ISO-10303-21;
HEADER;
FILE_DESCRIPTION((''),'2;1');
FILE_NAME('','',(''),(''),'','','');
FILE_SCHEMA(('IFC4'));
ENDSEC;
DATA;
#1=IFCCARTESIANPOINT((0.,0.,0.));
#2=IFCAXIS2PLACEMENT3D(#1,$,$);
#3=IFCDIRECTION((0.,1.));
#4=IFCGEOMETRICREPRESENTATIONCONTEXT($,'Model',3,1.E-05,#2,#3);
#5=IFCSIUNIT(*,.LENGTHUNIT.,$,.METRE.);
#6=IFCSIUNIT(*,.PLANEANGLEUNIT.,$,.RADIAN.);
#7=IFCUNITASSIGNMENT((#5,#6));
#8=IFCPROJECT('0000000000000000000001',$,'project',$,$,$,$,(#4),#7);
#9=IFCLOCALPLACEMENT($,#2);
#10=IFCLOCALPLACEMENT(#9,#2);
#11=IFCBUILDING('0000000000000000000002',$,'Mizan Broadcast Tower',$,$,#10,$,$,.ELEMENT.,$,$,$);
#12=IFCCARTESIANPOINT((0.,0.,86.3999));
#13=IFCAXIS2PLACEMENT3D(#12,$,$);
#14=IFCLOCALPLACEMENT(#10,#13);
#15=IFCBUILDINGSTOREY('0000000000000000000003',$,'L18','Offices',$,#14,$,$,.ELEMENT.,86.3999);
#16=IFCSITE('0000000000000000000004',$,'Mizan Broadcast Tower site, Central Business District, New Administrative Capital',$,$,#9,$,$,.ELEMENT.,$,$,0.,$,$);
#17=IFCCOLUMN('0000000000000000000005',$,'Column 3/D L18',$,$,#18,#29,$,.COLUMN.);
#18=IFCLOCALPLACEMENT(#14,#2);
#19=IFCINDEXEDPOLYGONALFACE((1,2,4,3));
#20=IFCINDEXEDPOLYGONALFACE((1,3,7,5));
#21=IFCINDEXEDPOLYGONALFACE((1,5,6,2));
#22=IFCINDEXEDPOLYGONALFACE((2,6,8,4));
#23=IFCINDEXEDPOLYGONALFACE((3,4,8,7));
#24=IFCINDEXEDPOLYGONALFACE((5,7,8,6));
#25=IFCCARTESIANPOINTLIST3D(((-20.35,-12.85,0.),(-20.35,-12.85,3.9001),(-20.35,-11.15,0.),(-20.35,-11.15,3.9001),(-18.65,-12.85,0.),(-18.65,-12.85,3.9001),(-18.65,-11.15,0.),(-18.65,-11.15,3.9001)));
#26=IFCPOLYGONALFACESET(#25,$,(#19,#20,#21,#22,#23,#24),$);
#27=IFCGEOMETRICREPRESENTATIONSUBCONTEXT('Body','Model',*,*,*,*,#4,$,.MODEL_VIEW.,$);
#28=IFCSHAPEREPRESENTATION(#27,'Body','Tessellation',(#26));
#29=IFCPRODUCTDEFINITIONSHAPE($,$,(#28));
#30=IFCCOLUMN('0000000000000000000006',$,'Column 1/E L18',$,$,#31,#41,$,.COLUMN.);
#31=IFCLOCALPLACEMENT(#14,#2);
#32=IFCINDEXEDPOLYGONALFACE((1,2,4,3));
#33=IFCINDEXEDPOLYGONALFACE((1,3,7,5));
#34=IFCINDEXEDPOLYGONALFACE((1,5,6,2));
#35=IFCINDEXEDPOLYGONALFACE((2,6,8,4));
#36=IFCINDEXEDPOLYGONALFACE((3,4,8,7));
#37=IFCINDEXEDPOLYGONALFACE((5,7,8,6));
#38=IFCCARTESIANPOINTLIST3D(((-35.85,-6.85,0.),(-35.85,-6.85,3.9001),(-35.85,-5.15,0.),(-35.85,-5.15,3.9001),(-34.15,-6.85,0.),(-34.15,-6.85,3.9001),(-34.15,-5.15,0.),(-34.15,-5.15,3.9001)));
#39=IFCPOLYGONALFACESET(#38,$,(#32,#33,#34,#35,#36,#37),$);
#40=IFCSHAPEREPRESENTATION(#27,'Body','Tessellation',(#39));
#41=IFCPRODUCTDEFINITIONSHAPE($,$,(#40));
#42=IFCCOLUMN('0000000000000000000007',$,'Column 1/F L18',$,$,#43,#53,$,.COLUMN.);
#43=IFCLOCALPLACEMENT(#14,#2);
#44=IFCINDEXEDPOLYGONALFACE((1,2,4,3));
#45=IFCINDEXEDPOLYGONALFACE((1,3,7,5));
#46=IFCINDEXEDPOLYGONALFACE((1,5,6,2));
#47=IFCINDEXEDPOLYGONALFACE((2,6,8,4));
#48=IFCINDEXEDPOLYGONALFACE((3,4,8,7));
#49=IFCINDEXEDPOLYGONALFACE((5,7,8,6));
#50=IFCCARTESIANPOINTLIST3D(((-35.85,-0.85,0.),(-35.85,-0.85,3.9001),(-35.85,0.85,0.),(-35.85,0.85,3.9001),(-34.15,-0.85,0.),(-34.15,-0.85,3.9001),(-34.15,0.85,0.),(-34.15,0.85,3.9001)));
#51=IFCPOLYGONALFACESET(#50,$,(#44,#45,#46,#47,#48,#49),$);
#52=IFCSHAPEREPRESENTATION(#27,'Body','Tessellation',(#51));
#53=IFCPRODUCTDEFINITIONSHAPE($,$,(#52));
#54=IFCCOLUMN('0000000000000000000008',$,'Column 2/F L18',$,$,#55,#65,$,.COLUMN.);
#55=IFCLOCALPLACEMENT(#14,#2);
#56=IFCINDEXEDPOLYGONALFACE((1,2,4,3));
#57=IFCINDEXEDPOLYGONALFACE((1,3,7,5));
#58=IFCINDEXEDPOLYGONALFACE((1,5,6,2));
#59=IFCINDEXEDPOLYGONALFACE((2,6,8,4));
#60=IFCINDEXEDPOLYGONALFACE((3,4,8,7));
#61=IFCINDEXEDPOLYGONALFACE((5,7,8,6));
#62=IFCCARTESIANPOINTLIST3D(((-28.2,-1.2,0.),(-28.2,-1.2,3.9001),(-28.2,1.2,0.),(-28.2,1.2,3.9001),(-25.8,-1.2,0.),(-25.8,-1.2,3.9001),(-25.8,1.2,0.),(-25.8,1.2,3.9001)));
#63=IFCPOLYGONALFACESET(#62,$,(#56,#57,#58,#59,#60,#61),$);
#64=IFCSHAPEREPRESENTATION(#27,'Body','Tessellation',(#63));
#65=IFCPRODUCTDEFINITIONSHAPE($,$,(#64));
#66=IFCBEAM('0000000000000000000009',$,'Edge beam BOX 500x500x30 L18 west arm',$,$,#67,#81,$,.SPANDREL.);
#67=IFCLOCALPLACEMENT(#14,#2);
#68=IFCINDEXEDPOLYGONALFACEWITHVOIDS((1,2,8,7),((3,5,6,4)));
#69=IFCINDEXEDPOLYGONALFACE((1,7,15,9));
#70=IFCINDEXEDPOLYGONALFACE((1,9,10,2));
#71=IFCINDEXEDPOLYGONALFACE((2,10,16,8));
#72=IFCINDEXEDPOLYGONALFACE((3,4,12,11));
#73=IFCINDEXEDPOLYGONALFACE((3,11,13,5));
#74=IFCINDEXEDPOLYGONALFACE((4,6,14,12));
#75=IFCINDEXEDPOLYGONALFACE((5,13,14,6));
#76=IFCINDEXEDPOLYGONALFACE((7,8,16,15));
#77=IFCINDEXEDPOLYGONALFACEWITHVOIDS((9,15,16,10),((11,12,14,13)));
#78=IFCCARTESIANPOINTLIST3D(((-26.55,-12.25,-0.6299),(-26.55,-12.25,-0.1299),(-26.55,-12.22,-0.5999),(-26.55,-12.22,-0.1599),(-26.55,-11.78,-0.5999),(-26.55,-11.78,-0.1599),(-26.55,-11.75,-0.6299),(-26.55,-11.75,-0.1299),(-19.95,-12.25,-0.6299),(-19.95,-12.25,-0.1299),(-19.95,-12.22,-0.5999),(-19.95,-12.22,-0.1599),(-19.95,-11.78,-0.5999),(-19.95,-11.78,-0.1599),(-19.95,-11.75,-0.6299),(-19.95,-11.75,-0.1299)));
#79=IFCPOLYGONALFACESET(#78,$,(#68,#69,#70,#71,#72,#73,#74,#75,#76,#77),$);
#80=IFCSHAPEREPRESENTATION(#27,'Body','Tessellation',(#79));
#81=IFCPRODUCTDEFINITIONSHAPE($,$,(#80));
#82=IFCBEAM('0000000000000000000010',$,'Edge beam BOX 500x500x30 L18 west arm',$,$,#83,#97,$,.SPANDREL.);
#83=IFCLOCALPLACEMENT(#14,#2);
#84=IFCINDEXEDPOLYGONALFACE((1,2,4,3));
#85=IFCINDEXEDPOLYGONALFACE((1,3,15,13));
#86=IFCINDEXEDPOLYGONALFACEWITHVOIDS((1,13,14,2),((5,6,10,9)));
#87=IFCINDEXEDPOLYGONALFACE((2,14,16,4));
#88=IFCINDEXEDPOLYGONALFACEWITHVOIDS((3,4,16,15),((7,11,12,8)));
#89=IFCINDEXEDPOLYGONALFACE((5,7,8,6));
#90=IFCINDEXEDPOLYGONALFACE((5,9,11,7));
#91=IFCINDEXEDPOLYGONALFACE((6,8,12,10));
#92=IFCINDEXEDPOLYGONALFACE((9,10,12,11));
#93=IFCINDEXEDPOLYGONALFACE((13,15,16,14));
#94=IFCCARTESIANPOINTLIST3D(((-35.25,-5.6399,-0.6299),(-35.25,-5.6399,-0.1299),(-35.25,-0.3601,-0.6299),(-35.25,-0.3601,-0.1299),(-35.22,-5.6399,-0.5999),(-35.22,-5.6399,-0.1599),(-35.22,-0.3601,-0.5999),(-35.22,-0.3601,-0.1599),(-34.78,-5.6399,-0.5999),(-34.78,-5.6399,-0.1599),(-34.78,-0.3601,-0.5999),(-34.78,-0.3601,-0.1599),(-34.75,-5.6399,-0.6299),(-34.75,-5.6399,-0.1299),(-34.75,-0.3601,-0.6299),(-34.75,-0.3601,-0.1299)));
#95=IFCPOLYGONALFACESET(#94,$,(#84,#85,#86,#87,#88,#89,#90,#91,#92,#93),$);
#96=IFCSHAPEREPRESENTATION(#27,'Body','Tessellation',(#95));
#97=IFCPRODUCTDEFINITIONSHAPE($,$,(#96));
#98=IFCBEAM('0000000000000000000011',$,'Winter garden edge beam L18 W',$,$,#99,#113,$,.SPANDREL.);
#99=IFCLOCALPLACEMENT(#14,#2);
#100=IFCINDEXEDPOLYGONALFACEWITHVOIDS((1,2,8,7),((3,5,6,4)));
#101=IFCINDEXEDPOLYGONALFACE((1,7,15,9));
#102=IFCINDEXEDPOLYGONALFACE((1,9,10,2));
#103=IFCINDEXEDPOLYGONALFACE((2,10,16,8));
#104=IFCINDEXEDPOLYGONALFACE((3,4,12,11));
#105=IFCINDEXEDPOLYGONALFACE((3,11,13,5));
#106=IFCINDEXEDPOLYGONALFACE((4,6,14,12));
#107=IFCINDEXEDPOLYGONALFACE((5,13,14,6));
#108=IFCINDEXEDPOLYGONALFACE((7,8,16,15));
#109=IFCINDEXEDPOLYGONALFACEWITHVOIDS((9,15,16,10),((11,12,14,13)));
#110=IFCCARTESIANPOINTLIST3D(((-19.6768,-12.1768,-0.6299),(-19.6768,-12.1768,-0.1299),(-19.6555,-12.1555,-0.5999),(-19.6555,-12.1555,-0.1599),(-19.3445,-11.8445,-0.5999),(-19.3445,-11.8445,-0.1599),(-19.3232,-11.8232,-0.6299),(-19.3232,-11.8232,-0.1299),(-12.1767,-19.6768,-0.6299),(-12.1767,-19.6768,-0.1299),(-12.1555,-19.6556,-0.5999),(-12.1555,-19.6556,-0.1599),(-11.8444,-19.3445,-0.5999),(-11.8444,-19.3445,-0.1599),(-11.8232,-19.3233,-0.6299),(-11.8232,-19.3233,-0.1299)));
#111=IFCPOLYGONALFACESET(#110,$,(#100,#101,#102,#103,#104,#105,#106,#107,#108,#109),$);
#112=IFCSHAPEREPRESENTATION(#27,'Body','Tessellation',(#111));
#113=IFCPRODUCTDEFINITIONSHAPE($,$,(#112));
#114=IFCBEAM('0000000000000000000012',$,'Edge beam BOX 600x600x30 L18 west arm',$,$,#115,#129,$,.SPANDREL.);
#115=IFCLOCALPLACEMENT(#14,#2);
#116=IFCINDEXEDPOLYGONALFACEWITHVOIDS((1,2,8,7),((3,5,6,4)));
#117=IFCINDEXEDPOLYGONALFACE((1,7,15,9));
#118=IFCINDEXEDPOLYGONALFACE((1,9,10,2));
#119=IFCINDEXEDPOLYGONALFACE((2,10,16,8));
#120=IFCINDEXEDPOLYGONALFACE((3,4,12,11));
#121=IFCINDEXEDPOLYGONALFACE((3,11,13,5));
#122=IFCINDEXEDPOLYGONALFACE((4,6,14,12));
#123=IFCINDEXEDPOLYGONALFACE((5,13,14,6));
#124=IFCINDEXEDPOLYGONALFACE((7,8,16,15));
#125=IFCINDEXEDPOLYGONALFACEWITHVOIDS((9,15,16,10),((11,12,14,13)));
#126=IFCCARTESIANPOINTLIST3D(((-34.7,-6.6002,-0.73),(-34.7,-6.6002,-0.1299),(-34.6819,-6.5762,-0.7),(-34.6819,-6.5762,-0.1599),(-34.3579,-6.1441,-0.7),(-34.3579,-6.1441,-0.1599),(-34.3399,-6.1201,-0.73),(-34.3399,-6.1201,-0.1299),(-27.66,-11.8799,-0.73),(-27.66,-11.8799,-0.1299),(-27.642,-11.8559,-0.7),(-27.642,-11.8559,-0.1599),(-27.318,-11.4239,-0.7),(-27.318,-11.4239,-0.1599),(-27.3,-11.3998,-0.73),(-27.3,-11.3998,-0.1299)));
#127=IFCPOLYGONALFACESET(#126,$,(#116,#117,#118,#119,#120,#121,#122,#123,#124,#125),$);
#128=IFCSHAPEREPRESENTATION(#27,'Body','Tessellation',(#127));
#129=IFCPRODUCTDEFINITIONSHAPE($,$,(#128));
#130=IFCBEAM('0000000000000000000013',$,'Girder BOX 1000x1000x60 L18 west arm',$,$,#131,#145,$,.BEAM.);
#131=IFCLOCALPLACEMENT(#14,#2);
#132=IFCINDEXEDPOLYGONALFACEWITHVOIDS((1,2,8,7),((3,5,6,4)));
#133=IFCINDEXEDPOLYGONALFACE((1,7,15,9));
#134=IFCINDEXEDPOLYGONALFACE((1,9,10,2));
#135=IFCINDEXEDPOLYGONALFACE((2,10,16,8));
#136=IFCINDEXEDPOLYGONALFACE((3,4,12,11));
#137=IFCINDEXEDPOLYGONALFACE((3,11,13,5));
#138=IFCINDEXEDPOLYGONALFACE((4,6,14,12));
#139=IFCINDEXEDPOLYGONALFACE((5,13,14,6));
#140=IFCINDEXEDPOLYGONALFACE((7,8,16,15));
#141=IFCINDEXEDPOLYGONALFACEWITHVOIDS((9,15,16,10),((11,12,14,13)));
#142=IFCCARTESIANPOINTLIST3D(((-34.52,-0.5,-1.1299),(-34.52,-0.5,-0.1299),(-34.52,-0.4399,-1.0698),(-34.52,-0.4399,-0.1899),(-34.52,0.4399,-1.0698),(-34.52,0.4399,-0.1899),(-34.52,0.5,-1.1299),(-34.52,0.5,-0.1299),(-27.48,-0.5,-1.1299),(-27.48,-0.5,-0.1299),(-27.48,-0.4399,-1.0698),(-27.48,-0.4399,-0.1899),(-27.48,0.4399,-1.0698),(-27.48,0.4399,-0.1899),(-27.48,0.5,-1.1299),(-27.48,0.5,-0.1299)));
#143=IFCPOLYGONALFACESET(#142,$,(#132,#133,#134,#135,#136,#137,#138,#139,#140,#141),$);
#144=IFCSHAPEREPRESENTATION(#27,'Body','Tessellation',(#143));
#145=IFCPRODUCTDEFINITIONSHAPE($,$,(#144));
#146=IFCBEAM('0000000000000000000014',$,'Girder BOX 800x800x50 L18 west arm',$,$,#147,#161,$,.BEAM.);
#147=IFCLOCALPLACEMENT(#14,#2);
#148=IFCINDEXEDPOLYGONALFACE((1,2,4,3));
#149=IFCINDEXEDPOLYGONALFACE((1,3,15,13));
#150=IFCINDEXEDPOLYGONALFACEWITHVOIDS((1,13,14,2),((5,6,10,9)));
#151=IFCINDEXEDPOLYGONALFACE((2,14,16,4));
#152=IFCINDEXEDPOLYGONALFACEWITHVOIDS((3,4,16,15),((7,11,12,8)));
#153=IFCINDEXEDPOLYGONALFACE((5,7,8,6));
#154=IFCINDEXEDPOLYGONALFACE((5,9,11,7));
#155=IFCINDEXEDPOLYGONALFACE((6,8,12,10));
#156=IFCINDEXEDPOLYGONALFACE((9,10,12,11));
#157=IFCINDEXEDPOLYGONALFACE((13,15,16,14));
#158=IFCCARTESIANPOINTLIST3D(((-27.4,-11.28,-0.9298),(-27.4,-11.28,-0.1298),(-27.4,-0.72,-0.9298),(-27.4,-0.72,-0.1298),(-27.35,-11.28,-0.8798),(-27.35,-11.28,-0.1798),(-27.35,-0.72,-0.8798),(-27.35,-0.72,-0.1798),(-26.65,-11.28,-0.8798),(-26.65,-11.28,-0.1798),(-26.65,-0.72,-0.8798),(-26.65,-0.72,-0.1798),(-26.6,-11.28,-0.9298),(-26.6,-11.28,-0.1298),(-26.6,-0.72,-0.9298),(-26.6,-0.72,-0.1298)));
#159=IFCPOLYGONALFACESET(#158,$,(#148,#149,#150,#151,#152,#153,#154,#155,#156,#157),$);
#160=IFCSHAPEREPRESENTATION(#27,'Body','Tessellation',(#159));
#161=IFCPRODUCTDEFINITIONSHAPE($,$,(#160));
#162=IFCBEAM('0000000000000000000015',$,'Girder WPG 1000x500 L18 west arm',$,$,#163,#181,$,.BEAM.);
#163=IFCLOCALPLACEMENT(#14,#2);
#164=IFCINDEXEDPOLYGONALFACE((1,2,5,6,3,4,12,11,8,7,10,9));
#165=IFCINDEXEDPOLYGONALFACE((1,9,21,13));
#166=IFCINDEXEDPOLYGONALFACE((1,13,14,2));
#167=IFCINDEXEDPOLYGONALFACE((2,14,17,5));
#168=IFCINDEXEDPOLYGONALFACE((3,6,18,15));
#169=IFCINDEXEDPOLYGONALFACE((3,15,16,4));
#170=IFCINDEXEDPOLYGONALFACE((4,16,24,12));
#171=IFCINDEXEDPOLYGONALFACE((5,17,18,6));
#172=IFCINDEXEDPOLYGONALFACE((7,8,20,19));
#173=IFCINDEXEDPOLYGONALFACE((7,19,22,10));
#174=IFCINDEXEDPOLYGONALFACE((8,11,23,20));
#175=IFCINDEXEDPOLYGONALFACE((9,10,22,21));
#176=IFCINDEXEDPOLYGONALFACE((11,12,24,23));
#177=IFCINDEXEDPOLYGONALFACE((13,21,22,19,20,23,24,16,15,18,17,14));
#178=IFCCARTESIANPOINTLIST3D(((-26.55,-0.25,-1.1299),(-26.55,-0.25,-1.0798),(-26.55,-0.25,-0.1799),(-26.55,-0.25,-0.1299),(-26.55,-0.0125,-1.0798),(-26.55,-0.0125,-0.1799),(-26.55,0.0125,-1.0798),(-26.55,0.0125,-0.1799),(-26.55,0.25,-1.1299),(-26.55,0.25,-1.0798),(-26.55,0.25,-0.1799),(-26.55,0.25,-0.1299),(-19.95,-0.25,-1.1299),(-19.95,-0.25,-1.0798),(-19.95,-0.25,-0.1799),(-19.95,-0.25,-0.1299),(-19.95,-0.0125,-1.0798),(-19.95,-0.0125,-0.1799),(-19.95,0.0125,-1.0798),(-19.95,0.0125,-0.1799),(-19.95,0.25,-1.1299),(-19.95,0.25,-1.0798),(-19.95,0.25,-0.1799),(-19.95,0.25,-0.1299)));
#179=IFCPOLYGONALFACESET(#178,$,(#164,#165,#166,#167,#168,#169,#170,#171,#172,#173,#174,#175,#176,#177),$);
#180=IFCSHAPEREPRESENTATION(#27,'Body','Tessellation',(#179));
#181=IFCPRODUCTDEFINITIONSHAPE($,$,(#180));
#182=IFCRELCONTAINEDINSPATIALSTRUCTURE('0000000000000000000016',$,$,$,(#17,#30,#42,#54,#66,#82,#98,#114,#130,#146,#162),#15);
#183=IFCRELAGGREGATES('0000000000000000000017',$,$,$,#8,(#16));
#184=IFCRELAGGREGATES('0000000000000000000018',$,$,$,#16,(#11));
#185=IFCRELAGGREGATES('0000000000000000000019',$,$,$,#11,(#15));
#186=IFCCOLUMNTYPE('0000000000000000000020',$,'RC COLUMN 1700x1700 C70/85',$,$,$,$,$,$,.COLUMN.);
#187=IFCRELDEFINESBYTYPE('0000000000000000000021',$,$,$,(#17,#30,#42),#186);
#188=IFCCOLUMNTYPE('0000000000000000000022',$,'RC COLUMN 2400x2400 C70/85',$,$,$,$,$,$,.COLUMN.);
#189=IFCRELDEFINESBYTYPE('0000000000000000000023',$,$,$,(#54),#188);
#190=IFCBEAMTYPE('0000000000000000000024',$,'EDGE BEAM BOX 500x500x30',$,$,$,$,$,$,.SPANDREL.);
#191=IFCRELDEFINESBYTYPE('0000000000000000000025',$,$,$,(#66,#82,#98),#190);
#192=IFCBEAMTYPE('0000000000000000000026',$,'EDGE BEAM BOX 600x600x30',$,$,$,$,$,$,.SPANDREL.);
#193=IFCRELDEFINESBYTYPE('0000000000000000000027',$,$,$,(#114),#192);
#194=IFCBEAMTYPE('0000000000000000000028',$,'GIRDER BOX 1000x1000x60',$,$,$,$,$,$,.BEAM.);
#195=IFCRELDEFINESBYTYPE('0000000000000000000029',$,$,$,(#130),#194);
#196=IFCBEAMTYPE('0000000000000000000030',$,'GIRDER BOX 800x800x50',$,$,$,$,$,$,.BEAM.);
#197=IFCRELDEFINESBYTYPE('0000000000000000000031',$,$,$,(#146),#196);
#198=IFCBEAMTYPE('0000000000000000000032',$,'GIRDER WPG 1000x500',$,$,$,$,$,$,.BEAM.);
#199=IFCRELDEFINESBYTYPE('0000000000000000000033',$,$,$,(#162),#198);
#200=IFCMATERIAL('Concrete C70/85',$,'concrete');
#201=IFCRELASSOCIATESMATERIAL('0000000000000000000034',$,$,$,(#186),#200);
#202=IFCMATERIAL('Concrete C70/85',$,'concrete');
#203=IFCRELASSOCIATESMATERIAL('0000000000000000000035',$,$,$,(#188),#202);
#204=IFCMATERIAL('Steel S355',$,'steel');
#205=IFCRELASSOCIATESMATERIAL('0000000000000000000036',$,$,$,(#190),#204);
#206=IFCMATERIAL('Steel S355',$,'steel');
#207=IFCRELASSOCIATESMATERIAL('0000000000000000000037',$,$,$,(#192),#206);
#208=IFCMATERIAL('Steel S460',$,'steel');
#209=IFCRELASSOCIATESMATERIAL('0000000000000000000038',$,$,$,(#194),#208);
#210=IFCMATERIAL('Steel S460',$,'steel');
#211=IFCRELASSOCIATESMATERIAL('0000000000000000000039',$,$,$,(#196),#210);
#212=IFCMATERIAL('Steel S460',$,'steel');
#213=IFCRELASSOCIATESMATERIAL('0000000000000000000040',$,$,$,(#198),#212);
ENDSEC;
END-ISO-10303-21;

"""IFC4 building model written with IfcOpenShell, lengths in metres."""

from ifc_helpers import new_model, si_unit, direction, frame, origin, origin_2d, place, context, subcontext, project, spatial, rectangle, hollow_rectangle, i_section, extrude, material, material_profile, profile_set, type_object, element, save


model = new_model("IFC4")

# Units and contexts
model_context = context("Model", 3, precision=1e-05, world=origin(), true_north=direction((0.0, 1.0)))
body_context = subcontext(model_context, "Body", "Model", "MODEL_VIEW")
ifc_project = project(units=[si_unit("LENGTHUNIT", "METRE"), si_unit("PLANEANGLEUNIT", "RADIAN")], contexts=[model_context])

# Site, building, storey
site_placement = place(None, origin())
site = spatial("IfcSite", under=ifc_project, at=site_placement, Name="Mizan Broadcast Tower site, Central Business District, New Administrative Capital", CompositionType="ELEMENT", RefElevation=0.0)
building_placement = place(site_placement, origin())
building = spatial("IfcBuilding", under=site, at=building_placement, Name="Mizan Broadcast Tower", CompositionType="ELEMENT")
storey_placement = place(building_placement, frame((0.0, 0.0, 86.3999)))
storey = spatial("IfcBuildingStorey", under=building, at=storey_placement, Name="L18", Description="Offices", CompositionType="ELEMENT", Elevation=86.3999)

# Columns
ifc_material_1 = material(Name="Concrete C70/85", Category="concrete")
ifc_material_profile_1 = material_profile(ifc_material_1, rectangle(XDim=1.7, YDim=1.7, at=origin_2d()), Name="RC 1700x1700")
ifc_profile_set_1 = profile_set([ifc_material_profile_1], Name="Concrete C70/85")
column_type_1 = type_object("IfcColumnType", Name="RC COLUMN 1700x1700 C70/85", PredefinedType="COLUMN", material=ifc_profile_set_1)
for number, where, z_axis, x_axis, name in (
    (1, (-19.5, -12.0, 0.0), (0.0, 0.0, 1.0), (1.0, 0.0, 0.0), "Column 3/D L18"),
    (2, (-35.0, -6.0, 0.0), (0.0, 0.0, 1.0), (1.0, 0.0, 0.0), "Column 1/E L18"),
    (3, (-35.0, 0.0, 0.0), (0.0, 0.0, 1.0), (1.0, 0.0, 0.0), "Column 1/F L18"),
):
    element("IfcColumn", number, at=place(storey_placement, frame(where, z_axis=z_axis, x_axis=x_axis)), inside=storey, type_object=column_type_1, Name=name, PredefinedType="COLUMN", context=body_context, shape_type="SweptSolid", body=[
        extrude(rectangle(XDim=1.7, YDim=1.7, at=origin_2d()), origin(), (0.0, 0.0, 1.0), 3.9001),
    ])
ifc_material_2 = material(Name="Concrete C70/85", Category="concrete")
ifc_material_profile_2 = material_profile(ifc_material_2, rectangle(XDim=2.3999, YDim=2.3999, at=origin_2d()), Name="RC 2400x2400")
ifc_profile_set_2 = profile_set([ifc_material_profile_2], Name="Concrete C70/85")
column_type_2 = type_object("IfcColumnType", Name="RC COLUMN 2400x2400 C70/85", PredefinedType="COLUMN", material=ifc_profile_set_2)
column_placement = place(storey_placement, frame((-27.0, 0.0, 0.0), z_axis=(0.0, 0.0, 1.0), x_axis=(1.0, 0.0, 0.0)))
element("IfcColumn", 4, at=column_placement, inside=storey, type_object=column_type_2, Name="Column 2/F L18", PredefinedType="COLUMN", context=body_context, shape_type="SweptSolid", body=[
    extrude(rectangle(XDim=2.3999, YDim=2.3999, at=origin_2d()), origin(), (0.0, 0.0, 1.0), 3.9001),
])

# Beams
ifc_material_3 = material(Name="Steel S355", Category="steel")
ifc_material_profile_3 = material_profile(ifc_material_3, hollow_rectangle(XDim=0.5, YDim=0.5, WallThickness=0.03, at=origin_2d()), Name="BOX 500x500x30")
ifc_profile_set_3 = profile_set([ifc_material_profile_3], Name="Steel S355")
beam_type_1 = type_object("IfcBeamType", Name="EDGE BEAM BOX 500x500x30", PredefinedType="SPANDREL", material=ifc_profile_set_3)
beam_1_placement = place(storey_placement, frame((-19.95, -12.0, -0.3799), z_axis=(-1.0, 0.0, 0.0), x_axis=(0.0, -1.0, 0.0)))
element("IfcBeam", 5, at=beam_1_placement, inside=storey, type_object=beam_type_1, Name="Edge beam BOX 500x500x30 L18 west arm", PredefinedType="SPANDREL", context=body_context, shape_type="SweptSolid", body=[
    extrude(hollow_rectangle(XDim=0.5, YDim=0.5, WallThickness=0.03, at=origin_2d()), origin(), (0.0, 0.0, 1.0), 6.6001),
])
beam_2_placement = place(storey_placement, frame((-35.0, -5.6399, -0.3799), z_axis=(0.0, 1.0, 0.0), x_axis=(-1.0, 0.0, 0.0)))
element("IfcBeam", 6, at=beam_2_placement, inside=storey, type_object=beam_type_1, Name="Edge beam BOX 500x500x30 L18 west arm", PredefinedType="SPANDREL", context=body_context, shape_type="SweptSolid", body=[
    extrude(hollow_rectangle(XDim=0.5, YDim=0.5, WallThickness=0.03, at=origin_2d()), origin(), (0.0, 0.0, 1.0), 5.2798),
])
beam_3_placement = place(storey_placement, frame((-19.5, -12.0, -0.3799), z_axis=(0.707107, -0.707107, 0.0), x_axis=(0.707107, 0.707107, 0.0)))
element("IfcBeam", 7, at=beam_3_placement, inside=storey, type_object=beam_type_1, Name="Winter garden edge beam L18 W", PredefinedType="SPANDREL", context=body_context, shape_type="SweptSolid", body=[
    extrude(hollow_rectangle(XDim=0.5, YDim=0.5, WallThickness=0.03, at=origin_2d()), origin(), (0.0, 0.0, 1.0), 10.6067),
])
ifc_material_4 = material(Name="Steel S355", Category="steel")
ifc_material_profile_4 = material_profile(ifc_material_4, hollow_rectangle(XDim=0.6001, YDim=0.6001, WallThickness=0.03, at=origin_2d()), Name="BOX 600x600x30")
ifc_profile_set_4 = profile_set([ifc_material_profile_4], Name="Steel S355")
beam_type_2 = type_object("IfcBeamType", Name="EDGE BEAM BOX 600x600x30", PredefinedType="SPANDREL", material=ifc_profile_set_4)
beam_4_placement = place(storey_placement, frame((-27.48, -11.6399, -0.4299), z_axis=(-0.800013, 0.599982, 0.0), x_axis=(-0.599982, -0.800013, 0.0)))
element("IfcBeam", 8, at=beam_4_placement, inside=storey, type_object=beam_type_2, Name="Edge beam BOX 600x600x30 L18 west arm", PredefinedType="SPANDREL", context=body_context, shape_type="SweptSolid", body=[
    extrude(hollow_rectangle(XDim=0.6001, YDim=0.6001, WallThickness=0.03, at=origin_2d()), origin(), (0.0, 0.0, 1.0), 8.7998),
])
ifc_material_5 = material(Name="Steel S460", Category="steel")
ifc_material_profile_5 = material_profile(ifc_material_5, hollow_rectangle(XDim=1.0, YDim=1.0, WallThickness=0.0601, at=origin_2d()), Name="BOX 1000x1000x60")
ifc_profile_set_5 = profile_set([ifc_material_profile_5], Name="Steel S460")
beam_type_3 = type_object("IfcBeamType", Name="GIRDER BOX 1000x1000x60", PredefinedType="BEAM", material=ifc_profile_set_5)
beam_5_placement = place(storey_placement, frame((-27.48, 0.0, -0.6299), z_axis=(-1.0, 0.0, 0.0), x_axis=(0.0, -1.0, 0.0)))
element("IfcBeam", 9, at=beam_5_placement, inside=storey, type_object=beam_type_3, Name="Girder BOX 1000x1000x60 L18 west arm", PredefinedType="BEAM", context=body_context, shape_type="SweptSolid", body=[
    extrude(hollow_rectangle(XDim=1.0, YDim=1.0, WallThickness=0.0601, at=origin_2d()), origin(), (0.0, 0.0, 1.0), 7.04),
])
ifc_material_6 = material(Name="Steel S460", Category="steel")
ifc_material_profile_6 = material_profile(ifc_material_6, hollow_rectangle(XDim=0.8, YDim=0.8, WallThickness=0.05, at=origin_2d()), Name="BOX 800x800x50")
ifc_profile_set_6 = profile_set([ifc_material_profile_6], Name="Steel S460")
beam_type_4 = type_object("IfcBeamType", Name="GIRDER BOX 800x800x50", PredefinedType="BEAM", material=ifc_profile_set_6)
beam_6_placement = place(storey_placement, frame((-27.0, -11.28, -0.5298), z_axis=(0.0, 1.0, 0.0), x_axis=(-1.0, 0.0, 0.0)))
element("IfcBeam", 10, at=beam_6_placement, inside=storey, type_object=beam_type_4, Name="Girder BOX 800x800x50 L18 west arm", PredefinedType="BEAM", context=body_context, shape_type="SweptSolid", body=[
    extrude(hollow_rectangle(XDim=0.8, YDim=0.8, WallThickness=0.05, at=origin_2d()), origin(), (0.0, 0.0, 1.0), 10.5601),
])
ifc_material_7 = material(Name="Steel S460", Category="steel")
ifc_material_profile_7 = material_profile(ifc_material_7, i_section(OverallWidth=0.5, OverallDepth=1.0, WebThickness=0.0249, FlangeThickness=0.05, at=origin_2d()), Name="WPG 1000x500")
ifc_profile_set_7 = profile_set([ifc_material_profile_7], Name="Steel S460")
beam_type_5 = type_object("IfcBeamType", Name="GIRDER WPG 1000x500", PredefinedType="BEAM", material=ifc_profile_set_7)
beam_7_placement = place(storey_placement, frame((-19.95, 0.0, -0.6299), z_axis=(-1.0, 0.0, 0.0), x_axis=(0.0, -1.0, 0.0)))
element("IfcBeam", 11, at=beam_7_placement, inside=storey, type_object=beam_type_5, Name="Girder WPG 1000x500 L18 west arm", PredefinedType="BEAM", context=body_context, shape_type="SweptSolid", body=[
    extrude(i_section(OverallWidth=0.5, OverallDepth=1.0, WebThickness=0.0249, FlangeThickness=0.05, at=origin_2d()), origin(), (0.0, 0.0, 1.0), 6.6001),
])

save(model, "model.ifc")
